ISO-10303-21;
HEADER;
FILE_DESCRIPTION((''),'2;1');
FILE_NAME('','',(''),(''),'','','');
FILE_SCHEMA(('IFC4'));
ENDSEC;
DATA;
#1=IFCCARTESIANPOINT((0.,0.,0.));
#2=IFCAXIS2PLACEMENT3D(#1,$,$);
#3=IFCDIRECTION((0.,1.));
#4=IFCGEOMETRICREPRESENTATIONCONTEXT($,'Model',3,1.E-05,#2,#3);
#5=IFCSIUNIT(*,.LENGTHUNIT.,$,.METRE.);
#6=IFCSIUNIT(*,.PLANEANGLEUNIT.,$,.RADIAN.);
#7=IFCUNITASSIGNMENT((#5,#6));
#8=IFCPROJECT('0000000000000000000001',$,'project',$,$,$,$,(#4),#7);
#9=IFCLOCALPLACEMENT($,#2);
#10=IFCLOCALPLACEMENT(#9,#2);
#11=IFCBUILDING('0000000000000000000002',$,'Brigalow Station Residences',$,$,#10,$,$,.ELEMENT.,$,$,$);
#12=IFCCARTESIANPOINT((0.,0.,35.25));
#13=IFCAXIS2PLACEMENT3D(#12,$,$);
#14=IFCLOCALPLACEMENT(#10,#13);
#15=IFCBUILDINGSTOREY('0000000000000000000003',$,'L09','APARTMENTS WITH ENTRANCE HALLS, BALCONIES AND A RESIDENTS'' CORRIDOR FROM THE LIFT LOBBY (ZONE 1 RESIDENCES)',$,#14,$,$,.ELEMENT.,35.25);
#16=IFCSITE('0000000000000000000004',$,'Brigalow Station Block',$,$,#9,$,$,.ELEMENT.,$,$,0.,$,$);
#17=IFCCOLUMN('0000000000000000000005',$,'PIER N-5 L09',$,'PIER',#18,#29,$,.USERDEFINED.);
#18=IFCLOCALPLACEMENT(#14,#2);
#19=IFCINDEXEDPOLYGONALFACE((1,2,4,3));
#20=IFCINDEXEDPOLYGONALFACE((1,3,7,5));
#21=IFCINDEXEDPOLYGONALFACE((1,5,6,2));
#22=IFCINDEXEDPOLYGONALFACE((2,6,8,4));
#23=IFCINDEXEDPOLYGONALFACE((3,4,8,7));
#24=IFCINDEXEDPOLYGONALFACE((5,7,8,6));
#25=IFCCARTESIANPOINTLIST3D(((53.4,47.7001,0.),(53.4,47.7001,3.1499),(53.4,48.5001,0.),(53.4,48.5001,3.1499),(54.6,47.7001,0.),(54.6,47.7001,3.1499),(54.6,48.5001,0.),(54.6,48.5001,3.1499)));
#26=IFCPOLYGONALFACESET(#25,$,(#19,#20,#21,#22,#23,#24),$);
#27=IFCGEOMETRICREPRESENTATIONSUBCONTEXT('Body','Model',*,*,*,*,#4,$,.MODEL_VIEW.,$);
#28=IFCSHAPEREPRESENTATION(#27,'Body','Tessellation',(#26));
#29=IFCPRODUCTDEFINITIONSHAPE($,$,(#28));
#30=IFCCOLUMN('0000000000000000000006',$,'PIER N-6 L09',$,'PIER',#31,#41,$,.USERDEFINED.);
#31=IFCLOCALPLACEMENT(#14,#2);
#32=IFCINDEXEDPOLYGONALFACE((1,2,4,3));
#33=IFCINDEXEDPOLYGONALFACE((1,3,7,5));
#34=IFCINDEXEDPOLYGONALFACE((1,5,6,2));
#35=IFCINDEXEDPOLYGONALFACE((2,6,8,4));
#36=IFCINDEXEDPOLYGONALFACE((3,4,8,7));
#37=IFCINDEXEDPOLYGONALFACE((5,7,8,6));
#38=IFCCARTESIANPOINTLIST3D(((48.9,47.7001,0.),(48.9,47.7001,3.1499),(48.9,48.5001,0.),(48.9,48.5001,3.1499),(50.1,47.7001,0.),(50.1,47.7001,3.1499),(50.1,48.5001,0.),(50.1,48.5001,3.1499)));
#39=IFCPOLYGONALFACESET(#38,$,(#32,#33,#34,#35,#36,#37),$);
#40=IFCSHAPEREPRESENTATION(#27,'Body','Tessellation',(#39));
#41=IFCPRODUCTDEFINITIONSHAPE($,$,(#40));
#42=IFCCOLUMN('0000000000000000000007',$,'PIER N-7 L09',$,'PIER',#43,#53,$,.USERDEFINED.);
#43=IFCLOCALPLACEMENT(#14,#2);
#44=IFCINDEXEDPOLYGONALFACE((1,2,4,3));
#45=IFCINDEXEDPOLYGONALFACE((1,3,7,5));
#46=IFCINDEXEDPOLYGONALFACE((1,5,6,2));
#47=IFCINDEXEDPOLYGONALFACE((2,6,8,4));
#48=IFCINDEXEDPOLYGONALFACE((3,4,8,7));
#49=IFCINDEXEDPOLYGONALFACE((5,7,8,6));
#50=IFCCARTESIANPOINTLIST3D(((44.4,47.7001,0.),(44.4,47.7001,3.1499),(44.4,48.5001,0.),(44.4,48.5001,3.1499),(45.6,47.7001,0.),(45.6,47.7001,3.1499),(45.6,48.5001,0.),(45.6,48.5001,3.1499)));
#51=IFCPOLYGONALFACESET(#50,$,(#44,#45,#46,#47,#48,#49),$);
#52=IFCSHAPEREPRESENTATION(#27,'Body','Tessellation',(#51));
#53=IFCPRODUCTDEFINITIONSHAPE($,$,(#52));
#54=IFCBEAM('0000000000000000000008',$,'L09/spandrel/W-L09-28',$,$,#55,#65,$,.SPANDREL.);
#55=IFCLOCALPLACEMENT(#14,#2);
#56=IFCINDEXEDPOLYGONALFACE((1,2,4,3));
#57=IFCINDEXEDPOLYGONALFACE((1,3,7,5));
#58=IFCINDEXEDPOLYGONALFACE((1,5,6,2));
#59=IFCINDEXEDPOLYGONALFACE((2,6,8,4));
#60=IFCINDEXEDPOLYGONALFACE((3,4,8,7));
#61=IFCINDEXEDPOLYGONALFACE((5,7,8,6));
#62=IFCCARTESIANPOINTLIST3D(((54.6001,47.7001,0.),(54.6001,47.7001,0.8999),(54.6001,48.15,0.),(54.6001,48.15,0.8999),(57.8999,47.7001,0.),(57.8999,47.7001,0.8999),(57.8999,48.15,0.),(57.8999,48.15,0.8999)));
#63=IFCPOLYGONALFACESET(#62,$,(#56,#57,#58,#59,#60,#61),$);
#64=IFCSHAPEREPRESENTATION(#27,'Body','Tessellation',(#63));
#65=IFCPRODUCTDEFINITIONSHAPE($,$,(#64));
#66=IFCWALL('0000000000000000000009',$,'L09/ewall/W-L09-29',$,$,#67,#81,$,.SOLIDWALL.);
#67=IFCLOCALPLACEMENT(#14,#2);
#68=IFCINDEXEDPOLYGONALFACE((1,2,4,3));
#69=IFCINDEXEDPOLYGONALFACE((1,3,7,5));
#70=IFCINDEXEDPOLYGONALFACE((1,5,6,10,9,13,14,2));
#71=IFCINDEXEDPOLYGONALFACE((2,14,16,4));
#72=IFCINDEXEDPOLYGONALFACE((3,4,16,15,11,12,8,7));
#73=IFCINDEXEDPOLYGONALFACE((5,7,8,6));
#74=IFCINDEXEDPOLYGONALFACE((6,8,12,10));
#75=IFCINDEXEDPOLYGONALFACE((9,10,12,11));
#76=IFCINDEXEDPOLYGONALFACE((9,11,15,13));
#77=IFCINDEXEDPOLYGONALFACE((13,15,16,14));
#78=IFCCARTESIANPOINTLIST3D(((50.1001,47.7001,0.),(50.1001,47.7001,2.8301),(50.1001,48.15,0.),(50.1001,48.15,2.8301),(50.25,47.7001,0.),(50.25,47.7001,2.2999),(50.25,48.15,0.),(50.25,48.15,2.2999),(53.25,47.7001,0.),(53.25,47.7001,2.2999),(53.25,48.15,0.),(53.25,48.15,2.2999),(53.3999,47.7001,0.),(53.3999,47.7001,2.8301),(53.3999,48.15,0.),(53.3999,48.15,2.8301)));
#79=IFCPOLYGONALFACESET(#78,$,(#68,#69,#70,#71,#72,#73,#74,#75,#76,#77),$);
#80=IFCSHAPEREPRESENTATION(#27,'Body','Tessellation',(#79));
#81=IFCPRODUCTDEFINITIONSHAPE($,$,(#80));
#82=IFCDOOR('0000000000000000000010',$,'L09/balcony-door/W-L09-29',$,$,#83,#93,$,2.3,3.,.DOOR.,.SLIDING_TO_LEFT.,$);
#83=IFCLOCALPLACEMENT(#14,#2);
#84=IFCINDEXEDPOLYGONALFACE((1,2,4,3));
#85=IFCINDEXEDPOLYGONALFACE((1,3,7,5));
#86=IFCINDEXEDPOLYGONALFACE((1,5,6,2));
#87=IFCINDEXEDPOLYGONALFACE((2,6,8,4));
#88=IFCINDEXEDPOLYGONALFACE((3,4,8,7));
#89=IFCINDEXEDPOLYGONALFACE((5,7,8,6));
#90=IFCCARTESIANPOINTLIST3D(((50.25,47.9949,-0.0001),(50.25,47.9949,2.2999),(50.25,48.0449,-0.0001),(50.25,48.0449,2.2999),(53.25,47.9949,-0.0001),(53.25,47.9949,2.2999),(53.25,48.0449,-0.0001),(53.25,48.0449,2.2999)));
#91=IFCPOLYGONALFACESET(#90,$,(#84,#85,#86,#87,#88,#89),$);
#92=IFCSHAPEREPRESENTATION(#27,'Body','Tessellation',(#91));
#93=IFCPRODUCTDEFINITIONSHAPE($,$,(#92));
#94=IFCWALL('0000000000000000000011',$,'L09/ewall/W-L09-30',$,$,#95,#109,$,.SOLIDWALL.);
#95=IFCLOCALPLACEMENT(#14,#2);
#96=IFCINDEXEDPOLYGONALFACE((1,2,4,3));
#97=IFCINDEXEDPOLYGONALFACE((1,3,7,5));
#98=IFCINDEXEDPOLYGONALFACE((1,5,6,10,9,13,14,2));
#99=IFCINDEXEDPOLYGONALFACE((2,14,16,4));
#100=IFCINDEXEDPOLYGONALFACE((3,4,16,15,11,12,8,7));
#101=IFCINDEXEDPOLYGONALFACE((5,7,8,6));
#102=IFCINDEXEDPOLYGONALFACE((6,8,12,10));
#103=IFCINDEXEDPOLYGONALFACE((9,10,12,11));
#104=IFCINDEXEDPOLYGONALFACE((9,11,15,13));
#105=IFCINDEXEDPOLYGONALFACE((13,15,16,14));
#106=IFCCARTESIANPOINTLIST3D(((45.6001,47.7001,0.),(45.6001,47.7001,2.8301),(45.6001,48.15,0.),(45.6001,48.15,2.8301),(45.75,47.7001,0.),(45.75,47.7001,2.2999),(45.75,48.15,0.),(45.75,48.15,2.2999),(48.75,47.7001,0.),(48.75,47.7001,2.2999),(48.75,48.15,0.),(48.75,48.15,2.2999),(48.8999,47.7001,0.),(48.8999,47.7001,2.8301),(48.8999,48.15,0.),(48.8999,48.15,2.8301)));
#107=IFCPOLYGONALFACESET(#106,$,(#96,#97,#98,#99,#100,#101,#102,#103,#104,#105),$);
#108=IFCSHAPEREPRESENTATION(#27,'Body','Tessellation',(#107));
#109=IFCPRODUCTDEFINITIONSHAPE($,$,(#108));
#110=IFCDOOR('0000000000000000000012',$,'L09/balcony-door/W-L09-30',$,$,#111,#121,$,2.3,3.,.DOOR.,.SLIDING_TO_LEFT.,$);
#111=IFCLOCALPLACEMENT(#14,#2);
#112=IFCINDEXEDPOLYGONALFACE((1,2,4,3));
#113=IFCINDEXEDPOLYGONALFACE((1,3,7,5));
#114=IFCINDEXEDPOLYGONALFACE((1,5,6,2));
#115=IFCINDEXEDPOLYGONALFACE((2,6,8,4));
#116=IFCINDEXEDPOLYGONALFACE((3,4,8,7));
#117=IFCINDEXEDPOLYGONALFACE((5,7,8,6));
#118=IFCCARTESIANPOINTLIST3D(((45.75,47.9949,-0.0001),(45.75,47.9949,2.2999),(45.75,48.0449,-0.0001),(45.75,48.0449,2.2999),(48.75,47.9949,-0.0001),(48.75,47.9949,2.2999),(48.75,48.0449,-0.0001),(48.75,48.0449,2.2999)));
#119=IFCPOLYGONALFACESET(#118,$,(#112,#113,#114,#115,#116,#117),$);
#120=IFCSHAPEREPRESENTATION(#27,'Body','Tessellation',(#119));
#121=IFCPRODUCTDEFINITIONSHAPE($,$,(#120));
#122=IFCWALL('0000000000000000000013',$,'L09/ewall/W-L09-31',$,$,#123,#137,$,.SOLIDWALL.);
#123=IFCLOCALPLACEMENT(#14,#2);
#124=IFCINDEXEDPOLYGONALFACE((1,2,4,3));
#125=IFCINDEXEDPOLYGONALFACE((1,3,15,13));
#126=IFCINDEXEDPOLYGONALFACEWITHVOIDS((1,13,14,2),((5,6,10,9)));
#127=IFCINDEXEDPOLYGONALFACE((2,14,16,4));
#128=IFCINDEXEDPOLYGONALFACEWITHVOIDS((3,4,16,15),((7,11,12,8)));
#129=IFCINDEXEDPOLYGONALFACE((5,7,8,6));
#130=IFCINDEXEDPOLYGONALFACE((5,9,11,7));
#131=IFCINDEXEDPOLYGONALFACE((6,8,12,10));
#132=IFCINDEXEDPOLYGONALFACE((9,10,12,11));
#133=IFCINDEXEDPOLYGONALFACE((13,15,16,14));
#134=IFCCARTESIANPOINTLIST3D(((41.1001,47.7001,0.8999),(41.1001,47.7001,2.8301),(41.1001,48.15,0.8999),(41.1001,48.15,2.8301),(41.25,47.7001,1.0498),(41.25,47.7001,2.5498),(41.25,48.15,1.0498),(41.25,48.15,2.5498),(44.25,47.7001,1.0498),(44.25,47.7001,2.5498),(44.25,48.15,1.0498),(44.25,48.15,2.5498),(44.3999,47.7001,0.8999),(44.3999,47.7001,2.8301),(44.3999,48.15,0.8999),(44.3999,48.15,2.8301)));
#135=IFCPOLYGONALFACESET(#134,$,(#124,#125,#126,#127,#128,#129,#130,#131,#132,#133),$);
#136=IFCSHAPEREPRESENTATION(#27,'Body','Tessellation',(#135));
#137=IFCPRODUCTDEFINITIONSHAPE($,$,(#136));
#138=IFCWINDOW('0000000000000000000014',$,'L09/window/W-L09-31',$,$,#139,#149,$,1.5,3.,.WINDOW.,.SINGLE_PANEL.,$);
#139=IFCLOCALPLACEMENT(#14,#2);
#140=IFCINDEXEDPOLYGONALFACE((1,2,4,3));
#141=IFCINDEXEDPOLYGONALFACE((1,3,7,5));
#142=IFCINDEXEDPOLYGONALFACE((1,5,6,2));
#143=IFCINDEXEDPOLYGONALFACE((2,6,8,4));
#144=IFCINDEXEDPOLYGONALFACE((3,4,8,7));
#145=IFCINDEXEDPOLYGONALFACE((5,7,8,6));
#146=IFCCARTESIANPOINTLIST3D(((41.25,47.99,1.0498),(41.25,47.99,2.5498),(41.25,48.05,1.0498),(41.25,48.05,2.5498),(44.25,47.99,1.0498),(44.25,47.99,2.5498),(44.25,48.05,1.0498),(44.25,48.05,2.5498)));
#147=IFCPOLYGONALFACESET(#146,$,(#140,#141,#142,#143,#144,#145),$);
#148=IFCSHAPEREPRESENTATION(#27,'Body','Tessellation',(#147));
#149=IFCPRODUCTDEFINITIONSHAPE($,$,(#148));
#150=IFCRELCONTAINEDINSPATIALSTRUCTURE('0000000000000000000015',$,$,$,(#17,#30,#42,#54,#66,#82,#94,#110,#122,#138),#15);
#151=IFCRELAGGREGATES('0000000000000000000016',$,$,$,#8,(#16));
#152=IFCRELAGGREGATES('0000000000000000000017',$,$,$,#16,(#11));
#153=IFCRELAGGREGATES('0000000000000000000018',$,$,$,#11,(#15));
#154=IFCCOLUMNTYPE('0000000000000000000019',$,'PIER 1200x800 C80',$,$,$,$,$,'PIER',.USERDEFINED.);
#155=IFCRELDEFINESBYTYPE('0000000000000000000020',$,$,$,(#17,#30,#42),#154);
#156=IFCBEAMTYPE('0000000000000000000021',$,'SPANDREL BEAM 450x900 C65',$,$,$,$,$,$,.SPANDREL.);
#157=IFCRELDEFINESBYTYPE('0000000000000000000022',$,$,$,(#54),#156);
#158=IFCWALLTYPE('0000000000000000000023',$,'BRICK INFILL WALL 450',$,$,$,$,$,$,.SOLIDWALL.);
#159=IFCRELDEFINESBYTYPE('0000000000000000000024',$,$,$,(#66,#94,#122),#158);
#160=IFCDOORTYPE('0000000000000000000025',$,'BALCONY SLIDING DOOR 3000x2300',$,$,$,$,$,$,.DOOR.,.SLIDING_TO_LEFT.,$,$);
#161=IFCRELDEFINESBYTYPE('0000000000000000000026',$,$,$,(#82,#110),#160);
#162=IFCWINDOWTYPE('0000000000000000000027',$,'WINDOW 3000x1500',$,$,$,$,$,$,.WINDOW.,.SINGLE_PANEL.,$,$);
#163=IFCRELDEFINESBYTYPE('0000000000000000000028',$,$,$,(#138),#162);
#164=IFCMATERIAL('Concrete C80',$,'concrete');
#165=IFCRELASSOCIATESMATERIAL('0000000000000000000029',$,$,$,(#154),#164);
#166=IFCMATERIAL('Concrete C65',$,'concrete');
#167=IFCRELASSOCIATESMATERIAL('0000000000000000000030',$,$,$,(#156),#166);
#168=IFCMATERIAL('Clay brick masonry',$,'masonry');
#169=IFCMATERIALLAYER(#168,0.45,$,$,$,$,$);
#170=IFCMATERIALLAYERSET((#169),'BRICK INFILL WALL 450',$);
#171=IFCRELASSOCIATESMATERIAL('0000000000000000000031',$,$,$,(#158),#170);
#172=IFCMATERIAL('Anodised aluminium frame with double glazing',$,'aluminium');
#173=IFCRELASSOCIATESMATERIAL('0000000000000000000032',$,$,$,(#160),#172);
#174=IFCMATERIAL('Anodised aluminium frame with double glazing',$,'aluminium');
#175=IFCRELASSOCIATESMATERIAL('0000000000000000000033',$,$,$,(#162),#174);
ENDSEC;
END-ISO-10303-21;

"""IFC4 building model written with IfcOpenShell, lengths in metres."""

from ifc_helpers import new_model, si_unit, direction, frame, frame_2d, origin, origin_2d, place, context, subcontext, project, spatial, rectangle, extrude, material, layer, layer_set, material_profile, profile_set, type_object, element, fill, save


model = new_model("IFC4")

# Units and contexts
model_context = context("Model", 3, precision=1e-05, world=origin(), true_north=direction((0.0, 1.0)))
body_context = subcontext(model_context, "Body", "Model", "MODEL_VIEW")
ifc_project = project(units=[si_unit("LENGTHUNIT", "METRE"), si_unit("PLANEANGLEUNIT", "RADIAN")], contexts=[model_context])

# Site, building, storey
site_placement = place(None, origin())
site = spatial("IfcSite", under=ifc_project, at=site_placement, Name="Brigalow Station Block", CompositionType="ELEMENT", RefElevation=0.0)
building_placement = place(site_placement, origin())
building = spatial("IfcBuilding", under=site, at=building_placement, Name="Brigalow Station Residences", CompositionType="ELEMENT")
storey_placement = place(building_placement, frame((0.0, 0.0, 35.25)))
storey = spatial("IfcBuildingStorey", under=building, at=storey_placement, Name="L09", Description="APARTMENTS WITH ENTRANCE HALLS, BALCONIES AND A RESIDENTS' CORRIDOR FROM THE LIFT LOBBY (ZONE 1 RESIDENCES)", CompositionType="ELEMENT", Elevation=35.25)

# Columns
ifc_material_1 = material(Name="Concrete C80", Category="concrete")
ifc_material_profile_1 = material_profile(ifc_material_1, rectangle(XDim=1.2, YDim=0.8, at=origin_2d()), Name="RC1200x800")
ifc_profile_set_1 = profile_set([ifc_material_profile_1], Name="Concrete C80")
column_type = type_object("IfcColumnType", Name="PIER 1200x800 C80", ElementType="PIER", PredefinedType="USERDEFINED", material=ifc_profile_set_1)
for number, where, z_axis, x_axis, name in (
    (1, (54.0, 48.1001, 0.0), (0.0, 0.0, 1.0), (-1.0, 0.0, 0.0), "PIER N-5 L09"),
    (2, (49.5, 48.1001, 0.0), (0.0, 0.0, 1.0), (-1.0, 0.0, 0.0), "PIER N-6 L09"),
    (3, (45.0, 48.1001, 0.0), (0.0, 0.0, 1.0), (-1.0, 0.0, 0.0), "PIER N-7 L09"),
):
    element("IfcColumn", number, at=place(storey_placement, frame(where, z_axis=z_axis, x_axis=x_axis)), inside=storey, type_object=column_type, Name=name, ObjectType="PIER", PredefinedType="USERDEFINED", context=body_context, shape_type="SweptSolid", body=[
        extrude(rectangle(XDim=1.2, YDim=0.8, at=origin_2d()), origin(), (0.0, 0.0, 1.0), 3.1499),
    ])

# Beam
ifc_material_2 = material(Name="Concrete C65", Category="concrete")
ifc_material_profile_2 = material_profile(ifc_material_2, rectangle(XDim=0.45, YDim=0.8999, at=origin_2d()), Name="RC450x900")
ifc_profile_set_2 = profile_set([ifc_material_profile_2], Name="Concrete C65")
beam_type = type_object("IfcBeamType", Name="SPANDREL BEAM 450x900 C65", PredefinedType="SPANDREL", material=ifc_profile_set_2)
beam_placement = place(storey_placement, frame((57.8999, 47.925, 0.45), z_axis=(-1.0, 0.0, 0.0), x_axis=(0.0, -1.0, 0.0)))
element("IfcBeam", 4, at=beam_placement, inside=storey, type_object=beam_type, Name="L09/spandrel/W-L09-28", PredefinedType="SPANDREL", context=body_context, shape_type="SweptSolid", body=[
    extrude(rectangle(XDim=0.45, YDim=0.8999, at=origin_2d()), origin(), (0.0, 0.0, 1.0), 3.2998),
])

# Walls, openings, doors
ifc_material_3 = material(Name="Clay brick masonry", Category="masonry")
ifc_layer_1 = layer(ifc_material_3, 0.45)
ifc_layer_set_1 = layer_set([ifc_layer_1], Name="BRICK INFILL WALL 450")
wall_type_1 = type_object("IfcWallType", Name="BRICK INFILL WALL 450", PredefinedType="SOLIDWALL", material=ifc_layer_set_1)
wall_1_placement = place(storey_placement, frame((53.3999, 47.925, 0.0), z_axis=(0.0, 0.0, 1.0), x_axis=(-1.0, 0.0, 0.0)))
wall_1 = element("IfcWall", 5, at=wall_1_placement, inside=storey, type_object=wall_type_1, Name="L09/ewall/W-L09-29", PredefinedType="SOLIDWALL", context=body_context, shape_type="SweptSolid", body=[
    extrude(rectangle(XDim=3.2998, YDim=0.45, at=frame_2d((1.6499, 0.0))), origin(), (0.0, 0.0, 1.0), 2.8301),
])
opening_1_placement = place(wall_1_placement, frame((0.1499, 0.0, 0.0)))
opening_1 = element("IfcOpeningElement", 6, at=opening_1_placement, cuts=wall_1, PredefinedType="OPENING", context=body_context, shape_type="SweptSolid", body=[
    extrude(rectangle(XDim=3.0, YDim=2.3, at=frame_2d((1.5, 1.1499))), frame((0.0, 0.2349, 0.0), z_axis=(0.0, -1.0, 0.0), x_axis=(1.0, 0.0, 0.0)), (0.0, 0.0, 1.0), 0.47),
])
ifc_material_4 = material(Name="Anodised aluminium frame with double glazing", Category="aluminium")
door_type_1 = type_object("IfcDoorType", Name="BALCONY SLIDING DOOR 3000x2300", OperationType="SLIDING_TO_LEFT", PredefinedType="DOOR", material=ifc_material_4)
door_1_placement = place(opening_1_placement, origin())
door_1 = element("IfcDoor", 7, at=door_1_placement, inside=storey, type_object=door_type_1, Name="L09/balcony-door/W-L09-29", OperationType="SLIDING_TO_LEFT", OverallHeight=2.3, OverallWidth=3.0, PredefinedType="DOOR", context=body_context, shape_type="SweptSolid", body=[
    extrude(rectangle(XDim=3.0, YDim=2.3, at=frame_2d((1.5, 1.1499))), frame((0.0, -0.0698, 0.0), z_axis=(0.0, -1.0, 0.0), x_axis=(1.0, 0.0, 0.0)), (0.0, 0.0, 1.0), 0.05),
])
fill(opening_1, door_1)
wall_2_placement = place(storey_placement, frame((48.8999, 47.925, 0.0), z_axis=(0.0, 0.0, 1.0), x_axis=(-1.0, 0.0, 0.0)))
wall_2 = element("IfcWall", 8, at=wall_2_placement, inside=storey, type_object=wall_type_1, Name="L09/ewall/W-L09-30", PredefinedType="SOLIDWALL", context=body_context, shape_type="SweptSolid", body=[
    extrude(rectangle(XDim=3.2998, YDim=0.45, at=frame_2d((1.6499, 0.0))), origin(), (0.0, 0.0, 1.0), 2.8301),
])
opening_2_placement = place(wall_2_placement, frame((0.1499, 0.0, 0.0)))
opening_2 = element("IfcOpeningElement", 9, at=opening_2_placement, cuts=wall_2, PredefinedType="OPENING", context=body_context, shape_type="SweptSolid", body=[
    extrude(rectangle(XDim=3.0, YDim=2.3, at=frame_2d((1.5, 1.1499))), frame((0.0, 0.2349, 0.0), z_axis=(0.0, -1.0, 0.0), x_axis=(1.0, 0.0, 0.0)), (0.0, 0.0, 1.0), 0.47),
])
door_2_placement = place(opening_2_placement, origin())
door_2 = element("IfcDoor", 10, at=door_2_placement, inside=storey, type_object=door_type_1, Name="L09/balcony-door/W-L09-30", OperationType="SLIDING_TO_LEFT", OverallHeight=2.3, OverallWidth=3.0, PredefinedType="DOOR", context=body_context, shape_type="SweptSolid", body=[
    extrude(rectangle(XDim=3.0, YDim=2.3, at=frame_2d((1.5, 1.1499))), frame((0.0, -0.0698, 0.0), z_axis=(0.0, -1.0, 0.0), x_axis=(1.0, 0.0, 0.0)), (0.0, 0.0, 1.0), 0.05),
])
fill(opening_2, door_2)

# Wall, opening, window
wall_3_placement = place(storey_placement, frame((44.3999, 47.925, 0.8999), z_axis=(0.0, 0.0, 1.0), x_axis=(-1.0, 0.0, 0.0)))
wall_3 = element("IfcWall", 11, at=wall_3_placement, inside=storey, type_object=wall_type_1, Name="L09/ewall/W-L09-31", PredefinedType="SOLIDWALL", context=body_context, shape_type="SweptSolid", body=[
    extrude(rectangle(XDim=3.2998, YDim=0.45, at=frame_2d((1.6499, 0.0))), origin(), (0.0, 0.0, 1.0), 1.9302),
])
opening_3_placement = place(wall_3_placement, frame((0.1499, 0.0, 0.1499)))
opening_3 = element("IfcOpeningElement", 12, at=opening_3_placement, cuts=wall_3, PredefinedType="OPENING", context=body_context, shape_type="SweptSolid", body=[
    extrude(rectangle(XDim=3.0, YDim=1.5, at=frame_2d((1.5, 0.75))), frame((0.0, 0.2349, 0.0), z_axis=(0.0, -1.0, 0.0), x_axis=(1.0, 0.0, 0.0)), (0.0, 0.0, 1.0), 0.47),
])
ifc_material_5 = material(Name="Anodised aluminium frame with double glazing", Category="aluminium")
window_type = type_object("IfcWindowType", Name="WINDOW 3000x1500", PartitioningType="SINGLE_PANEL", PredefinedType="WINDOW", material=ifc_material_5)
window_placement = place(opening_3_placement, origin())
window = element("IfcWindow", 13, at=window_placement, inside=storey, type_object=window_type, Name="L09/window/W-L09-31", OverallHeight=1.5, OverallWidth=3.0, PartitioningType="SINGLE_PANEL", PredefinedType="WINDOW", context=body_context, shape_type="SweptSolid", body=[
    extrude(rectangle(XDim=3.0, YDim=1.5, at=frame_2d((1.5, 0.75))), frame((0.0, -0.0649, 0.0), z_axis=(0.0, -1.0, 0.0), x_axis=(1.0, 0.0, 0.0)), (0.0, 0.0, 1.0), 0.0601),
])
fill(opening_3, window)

save(model, "model.ifc")
